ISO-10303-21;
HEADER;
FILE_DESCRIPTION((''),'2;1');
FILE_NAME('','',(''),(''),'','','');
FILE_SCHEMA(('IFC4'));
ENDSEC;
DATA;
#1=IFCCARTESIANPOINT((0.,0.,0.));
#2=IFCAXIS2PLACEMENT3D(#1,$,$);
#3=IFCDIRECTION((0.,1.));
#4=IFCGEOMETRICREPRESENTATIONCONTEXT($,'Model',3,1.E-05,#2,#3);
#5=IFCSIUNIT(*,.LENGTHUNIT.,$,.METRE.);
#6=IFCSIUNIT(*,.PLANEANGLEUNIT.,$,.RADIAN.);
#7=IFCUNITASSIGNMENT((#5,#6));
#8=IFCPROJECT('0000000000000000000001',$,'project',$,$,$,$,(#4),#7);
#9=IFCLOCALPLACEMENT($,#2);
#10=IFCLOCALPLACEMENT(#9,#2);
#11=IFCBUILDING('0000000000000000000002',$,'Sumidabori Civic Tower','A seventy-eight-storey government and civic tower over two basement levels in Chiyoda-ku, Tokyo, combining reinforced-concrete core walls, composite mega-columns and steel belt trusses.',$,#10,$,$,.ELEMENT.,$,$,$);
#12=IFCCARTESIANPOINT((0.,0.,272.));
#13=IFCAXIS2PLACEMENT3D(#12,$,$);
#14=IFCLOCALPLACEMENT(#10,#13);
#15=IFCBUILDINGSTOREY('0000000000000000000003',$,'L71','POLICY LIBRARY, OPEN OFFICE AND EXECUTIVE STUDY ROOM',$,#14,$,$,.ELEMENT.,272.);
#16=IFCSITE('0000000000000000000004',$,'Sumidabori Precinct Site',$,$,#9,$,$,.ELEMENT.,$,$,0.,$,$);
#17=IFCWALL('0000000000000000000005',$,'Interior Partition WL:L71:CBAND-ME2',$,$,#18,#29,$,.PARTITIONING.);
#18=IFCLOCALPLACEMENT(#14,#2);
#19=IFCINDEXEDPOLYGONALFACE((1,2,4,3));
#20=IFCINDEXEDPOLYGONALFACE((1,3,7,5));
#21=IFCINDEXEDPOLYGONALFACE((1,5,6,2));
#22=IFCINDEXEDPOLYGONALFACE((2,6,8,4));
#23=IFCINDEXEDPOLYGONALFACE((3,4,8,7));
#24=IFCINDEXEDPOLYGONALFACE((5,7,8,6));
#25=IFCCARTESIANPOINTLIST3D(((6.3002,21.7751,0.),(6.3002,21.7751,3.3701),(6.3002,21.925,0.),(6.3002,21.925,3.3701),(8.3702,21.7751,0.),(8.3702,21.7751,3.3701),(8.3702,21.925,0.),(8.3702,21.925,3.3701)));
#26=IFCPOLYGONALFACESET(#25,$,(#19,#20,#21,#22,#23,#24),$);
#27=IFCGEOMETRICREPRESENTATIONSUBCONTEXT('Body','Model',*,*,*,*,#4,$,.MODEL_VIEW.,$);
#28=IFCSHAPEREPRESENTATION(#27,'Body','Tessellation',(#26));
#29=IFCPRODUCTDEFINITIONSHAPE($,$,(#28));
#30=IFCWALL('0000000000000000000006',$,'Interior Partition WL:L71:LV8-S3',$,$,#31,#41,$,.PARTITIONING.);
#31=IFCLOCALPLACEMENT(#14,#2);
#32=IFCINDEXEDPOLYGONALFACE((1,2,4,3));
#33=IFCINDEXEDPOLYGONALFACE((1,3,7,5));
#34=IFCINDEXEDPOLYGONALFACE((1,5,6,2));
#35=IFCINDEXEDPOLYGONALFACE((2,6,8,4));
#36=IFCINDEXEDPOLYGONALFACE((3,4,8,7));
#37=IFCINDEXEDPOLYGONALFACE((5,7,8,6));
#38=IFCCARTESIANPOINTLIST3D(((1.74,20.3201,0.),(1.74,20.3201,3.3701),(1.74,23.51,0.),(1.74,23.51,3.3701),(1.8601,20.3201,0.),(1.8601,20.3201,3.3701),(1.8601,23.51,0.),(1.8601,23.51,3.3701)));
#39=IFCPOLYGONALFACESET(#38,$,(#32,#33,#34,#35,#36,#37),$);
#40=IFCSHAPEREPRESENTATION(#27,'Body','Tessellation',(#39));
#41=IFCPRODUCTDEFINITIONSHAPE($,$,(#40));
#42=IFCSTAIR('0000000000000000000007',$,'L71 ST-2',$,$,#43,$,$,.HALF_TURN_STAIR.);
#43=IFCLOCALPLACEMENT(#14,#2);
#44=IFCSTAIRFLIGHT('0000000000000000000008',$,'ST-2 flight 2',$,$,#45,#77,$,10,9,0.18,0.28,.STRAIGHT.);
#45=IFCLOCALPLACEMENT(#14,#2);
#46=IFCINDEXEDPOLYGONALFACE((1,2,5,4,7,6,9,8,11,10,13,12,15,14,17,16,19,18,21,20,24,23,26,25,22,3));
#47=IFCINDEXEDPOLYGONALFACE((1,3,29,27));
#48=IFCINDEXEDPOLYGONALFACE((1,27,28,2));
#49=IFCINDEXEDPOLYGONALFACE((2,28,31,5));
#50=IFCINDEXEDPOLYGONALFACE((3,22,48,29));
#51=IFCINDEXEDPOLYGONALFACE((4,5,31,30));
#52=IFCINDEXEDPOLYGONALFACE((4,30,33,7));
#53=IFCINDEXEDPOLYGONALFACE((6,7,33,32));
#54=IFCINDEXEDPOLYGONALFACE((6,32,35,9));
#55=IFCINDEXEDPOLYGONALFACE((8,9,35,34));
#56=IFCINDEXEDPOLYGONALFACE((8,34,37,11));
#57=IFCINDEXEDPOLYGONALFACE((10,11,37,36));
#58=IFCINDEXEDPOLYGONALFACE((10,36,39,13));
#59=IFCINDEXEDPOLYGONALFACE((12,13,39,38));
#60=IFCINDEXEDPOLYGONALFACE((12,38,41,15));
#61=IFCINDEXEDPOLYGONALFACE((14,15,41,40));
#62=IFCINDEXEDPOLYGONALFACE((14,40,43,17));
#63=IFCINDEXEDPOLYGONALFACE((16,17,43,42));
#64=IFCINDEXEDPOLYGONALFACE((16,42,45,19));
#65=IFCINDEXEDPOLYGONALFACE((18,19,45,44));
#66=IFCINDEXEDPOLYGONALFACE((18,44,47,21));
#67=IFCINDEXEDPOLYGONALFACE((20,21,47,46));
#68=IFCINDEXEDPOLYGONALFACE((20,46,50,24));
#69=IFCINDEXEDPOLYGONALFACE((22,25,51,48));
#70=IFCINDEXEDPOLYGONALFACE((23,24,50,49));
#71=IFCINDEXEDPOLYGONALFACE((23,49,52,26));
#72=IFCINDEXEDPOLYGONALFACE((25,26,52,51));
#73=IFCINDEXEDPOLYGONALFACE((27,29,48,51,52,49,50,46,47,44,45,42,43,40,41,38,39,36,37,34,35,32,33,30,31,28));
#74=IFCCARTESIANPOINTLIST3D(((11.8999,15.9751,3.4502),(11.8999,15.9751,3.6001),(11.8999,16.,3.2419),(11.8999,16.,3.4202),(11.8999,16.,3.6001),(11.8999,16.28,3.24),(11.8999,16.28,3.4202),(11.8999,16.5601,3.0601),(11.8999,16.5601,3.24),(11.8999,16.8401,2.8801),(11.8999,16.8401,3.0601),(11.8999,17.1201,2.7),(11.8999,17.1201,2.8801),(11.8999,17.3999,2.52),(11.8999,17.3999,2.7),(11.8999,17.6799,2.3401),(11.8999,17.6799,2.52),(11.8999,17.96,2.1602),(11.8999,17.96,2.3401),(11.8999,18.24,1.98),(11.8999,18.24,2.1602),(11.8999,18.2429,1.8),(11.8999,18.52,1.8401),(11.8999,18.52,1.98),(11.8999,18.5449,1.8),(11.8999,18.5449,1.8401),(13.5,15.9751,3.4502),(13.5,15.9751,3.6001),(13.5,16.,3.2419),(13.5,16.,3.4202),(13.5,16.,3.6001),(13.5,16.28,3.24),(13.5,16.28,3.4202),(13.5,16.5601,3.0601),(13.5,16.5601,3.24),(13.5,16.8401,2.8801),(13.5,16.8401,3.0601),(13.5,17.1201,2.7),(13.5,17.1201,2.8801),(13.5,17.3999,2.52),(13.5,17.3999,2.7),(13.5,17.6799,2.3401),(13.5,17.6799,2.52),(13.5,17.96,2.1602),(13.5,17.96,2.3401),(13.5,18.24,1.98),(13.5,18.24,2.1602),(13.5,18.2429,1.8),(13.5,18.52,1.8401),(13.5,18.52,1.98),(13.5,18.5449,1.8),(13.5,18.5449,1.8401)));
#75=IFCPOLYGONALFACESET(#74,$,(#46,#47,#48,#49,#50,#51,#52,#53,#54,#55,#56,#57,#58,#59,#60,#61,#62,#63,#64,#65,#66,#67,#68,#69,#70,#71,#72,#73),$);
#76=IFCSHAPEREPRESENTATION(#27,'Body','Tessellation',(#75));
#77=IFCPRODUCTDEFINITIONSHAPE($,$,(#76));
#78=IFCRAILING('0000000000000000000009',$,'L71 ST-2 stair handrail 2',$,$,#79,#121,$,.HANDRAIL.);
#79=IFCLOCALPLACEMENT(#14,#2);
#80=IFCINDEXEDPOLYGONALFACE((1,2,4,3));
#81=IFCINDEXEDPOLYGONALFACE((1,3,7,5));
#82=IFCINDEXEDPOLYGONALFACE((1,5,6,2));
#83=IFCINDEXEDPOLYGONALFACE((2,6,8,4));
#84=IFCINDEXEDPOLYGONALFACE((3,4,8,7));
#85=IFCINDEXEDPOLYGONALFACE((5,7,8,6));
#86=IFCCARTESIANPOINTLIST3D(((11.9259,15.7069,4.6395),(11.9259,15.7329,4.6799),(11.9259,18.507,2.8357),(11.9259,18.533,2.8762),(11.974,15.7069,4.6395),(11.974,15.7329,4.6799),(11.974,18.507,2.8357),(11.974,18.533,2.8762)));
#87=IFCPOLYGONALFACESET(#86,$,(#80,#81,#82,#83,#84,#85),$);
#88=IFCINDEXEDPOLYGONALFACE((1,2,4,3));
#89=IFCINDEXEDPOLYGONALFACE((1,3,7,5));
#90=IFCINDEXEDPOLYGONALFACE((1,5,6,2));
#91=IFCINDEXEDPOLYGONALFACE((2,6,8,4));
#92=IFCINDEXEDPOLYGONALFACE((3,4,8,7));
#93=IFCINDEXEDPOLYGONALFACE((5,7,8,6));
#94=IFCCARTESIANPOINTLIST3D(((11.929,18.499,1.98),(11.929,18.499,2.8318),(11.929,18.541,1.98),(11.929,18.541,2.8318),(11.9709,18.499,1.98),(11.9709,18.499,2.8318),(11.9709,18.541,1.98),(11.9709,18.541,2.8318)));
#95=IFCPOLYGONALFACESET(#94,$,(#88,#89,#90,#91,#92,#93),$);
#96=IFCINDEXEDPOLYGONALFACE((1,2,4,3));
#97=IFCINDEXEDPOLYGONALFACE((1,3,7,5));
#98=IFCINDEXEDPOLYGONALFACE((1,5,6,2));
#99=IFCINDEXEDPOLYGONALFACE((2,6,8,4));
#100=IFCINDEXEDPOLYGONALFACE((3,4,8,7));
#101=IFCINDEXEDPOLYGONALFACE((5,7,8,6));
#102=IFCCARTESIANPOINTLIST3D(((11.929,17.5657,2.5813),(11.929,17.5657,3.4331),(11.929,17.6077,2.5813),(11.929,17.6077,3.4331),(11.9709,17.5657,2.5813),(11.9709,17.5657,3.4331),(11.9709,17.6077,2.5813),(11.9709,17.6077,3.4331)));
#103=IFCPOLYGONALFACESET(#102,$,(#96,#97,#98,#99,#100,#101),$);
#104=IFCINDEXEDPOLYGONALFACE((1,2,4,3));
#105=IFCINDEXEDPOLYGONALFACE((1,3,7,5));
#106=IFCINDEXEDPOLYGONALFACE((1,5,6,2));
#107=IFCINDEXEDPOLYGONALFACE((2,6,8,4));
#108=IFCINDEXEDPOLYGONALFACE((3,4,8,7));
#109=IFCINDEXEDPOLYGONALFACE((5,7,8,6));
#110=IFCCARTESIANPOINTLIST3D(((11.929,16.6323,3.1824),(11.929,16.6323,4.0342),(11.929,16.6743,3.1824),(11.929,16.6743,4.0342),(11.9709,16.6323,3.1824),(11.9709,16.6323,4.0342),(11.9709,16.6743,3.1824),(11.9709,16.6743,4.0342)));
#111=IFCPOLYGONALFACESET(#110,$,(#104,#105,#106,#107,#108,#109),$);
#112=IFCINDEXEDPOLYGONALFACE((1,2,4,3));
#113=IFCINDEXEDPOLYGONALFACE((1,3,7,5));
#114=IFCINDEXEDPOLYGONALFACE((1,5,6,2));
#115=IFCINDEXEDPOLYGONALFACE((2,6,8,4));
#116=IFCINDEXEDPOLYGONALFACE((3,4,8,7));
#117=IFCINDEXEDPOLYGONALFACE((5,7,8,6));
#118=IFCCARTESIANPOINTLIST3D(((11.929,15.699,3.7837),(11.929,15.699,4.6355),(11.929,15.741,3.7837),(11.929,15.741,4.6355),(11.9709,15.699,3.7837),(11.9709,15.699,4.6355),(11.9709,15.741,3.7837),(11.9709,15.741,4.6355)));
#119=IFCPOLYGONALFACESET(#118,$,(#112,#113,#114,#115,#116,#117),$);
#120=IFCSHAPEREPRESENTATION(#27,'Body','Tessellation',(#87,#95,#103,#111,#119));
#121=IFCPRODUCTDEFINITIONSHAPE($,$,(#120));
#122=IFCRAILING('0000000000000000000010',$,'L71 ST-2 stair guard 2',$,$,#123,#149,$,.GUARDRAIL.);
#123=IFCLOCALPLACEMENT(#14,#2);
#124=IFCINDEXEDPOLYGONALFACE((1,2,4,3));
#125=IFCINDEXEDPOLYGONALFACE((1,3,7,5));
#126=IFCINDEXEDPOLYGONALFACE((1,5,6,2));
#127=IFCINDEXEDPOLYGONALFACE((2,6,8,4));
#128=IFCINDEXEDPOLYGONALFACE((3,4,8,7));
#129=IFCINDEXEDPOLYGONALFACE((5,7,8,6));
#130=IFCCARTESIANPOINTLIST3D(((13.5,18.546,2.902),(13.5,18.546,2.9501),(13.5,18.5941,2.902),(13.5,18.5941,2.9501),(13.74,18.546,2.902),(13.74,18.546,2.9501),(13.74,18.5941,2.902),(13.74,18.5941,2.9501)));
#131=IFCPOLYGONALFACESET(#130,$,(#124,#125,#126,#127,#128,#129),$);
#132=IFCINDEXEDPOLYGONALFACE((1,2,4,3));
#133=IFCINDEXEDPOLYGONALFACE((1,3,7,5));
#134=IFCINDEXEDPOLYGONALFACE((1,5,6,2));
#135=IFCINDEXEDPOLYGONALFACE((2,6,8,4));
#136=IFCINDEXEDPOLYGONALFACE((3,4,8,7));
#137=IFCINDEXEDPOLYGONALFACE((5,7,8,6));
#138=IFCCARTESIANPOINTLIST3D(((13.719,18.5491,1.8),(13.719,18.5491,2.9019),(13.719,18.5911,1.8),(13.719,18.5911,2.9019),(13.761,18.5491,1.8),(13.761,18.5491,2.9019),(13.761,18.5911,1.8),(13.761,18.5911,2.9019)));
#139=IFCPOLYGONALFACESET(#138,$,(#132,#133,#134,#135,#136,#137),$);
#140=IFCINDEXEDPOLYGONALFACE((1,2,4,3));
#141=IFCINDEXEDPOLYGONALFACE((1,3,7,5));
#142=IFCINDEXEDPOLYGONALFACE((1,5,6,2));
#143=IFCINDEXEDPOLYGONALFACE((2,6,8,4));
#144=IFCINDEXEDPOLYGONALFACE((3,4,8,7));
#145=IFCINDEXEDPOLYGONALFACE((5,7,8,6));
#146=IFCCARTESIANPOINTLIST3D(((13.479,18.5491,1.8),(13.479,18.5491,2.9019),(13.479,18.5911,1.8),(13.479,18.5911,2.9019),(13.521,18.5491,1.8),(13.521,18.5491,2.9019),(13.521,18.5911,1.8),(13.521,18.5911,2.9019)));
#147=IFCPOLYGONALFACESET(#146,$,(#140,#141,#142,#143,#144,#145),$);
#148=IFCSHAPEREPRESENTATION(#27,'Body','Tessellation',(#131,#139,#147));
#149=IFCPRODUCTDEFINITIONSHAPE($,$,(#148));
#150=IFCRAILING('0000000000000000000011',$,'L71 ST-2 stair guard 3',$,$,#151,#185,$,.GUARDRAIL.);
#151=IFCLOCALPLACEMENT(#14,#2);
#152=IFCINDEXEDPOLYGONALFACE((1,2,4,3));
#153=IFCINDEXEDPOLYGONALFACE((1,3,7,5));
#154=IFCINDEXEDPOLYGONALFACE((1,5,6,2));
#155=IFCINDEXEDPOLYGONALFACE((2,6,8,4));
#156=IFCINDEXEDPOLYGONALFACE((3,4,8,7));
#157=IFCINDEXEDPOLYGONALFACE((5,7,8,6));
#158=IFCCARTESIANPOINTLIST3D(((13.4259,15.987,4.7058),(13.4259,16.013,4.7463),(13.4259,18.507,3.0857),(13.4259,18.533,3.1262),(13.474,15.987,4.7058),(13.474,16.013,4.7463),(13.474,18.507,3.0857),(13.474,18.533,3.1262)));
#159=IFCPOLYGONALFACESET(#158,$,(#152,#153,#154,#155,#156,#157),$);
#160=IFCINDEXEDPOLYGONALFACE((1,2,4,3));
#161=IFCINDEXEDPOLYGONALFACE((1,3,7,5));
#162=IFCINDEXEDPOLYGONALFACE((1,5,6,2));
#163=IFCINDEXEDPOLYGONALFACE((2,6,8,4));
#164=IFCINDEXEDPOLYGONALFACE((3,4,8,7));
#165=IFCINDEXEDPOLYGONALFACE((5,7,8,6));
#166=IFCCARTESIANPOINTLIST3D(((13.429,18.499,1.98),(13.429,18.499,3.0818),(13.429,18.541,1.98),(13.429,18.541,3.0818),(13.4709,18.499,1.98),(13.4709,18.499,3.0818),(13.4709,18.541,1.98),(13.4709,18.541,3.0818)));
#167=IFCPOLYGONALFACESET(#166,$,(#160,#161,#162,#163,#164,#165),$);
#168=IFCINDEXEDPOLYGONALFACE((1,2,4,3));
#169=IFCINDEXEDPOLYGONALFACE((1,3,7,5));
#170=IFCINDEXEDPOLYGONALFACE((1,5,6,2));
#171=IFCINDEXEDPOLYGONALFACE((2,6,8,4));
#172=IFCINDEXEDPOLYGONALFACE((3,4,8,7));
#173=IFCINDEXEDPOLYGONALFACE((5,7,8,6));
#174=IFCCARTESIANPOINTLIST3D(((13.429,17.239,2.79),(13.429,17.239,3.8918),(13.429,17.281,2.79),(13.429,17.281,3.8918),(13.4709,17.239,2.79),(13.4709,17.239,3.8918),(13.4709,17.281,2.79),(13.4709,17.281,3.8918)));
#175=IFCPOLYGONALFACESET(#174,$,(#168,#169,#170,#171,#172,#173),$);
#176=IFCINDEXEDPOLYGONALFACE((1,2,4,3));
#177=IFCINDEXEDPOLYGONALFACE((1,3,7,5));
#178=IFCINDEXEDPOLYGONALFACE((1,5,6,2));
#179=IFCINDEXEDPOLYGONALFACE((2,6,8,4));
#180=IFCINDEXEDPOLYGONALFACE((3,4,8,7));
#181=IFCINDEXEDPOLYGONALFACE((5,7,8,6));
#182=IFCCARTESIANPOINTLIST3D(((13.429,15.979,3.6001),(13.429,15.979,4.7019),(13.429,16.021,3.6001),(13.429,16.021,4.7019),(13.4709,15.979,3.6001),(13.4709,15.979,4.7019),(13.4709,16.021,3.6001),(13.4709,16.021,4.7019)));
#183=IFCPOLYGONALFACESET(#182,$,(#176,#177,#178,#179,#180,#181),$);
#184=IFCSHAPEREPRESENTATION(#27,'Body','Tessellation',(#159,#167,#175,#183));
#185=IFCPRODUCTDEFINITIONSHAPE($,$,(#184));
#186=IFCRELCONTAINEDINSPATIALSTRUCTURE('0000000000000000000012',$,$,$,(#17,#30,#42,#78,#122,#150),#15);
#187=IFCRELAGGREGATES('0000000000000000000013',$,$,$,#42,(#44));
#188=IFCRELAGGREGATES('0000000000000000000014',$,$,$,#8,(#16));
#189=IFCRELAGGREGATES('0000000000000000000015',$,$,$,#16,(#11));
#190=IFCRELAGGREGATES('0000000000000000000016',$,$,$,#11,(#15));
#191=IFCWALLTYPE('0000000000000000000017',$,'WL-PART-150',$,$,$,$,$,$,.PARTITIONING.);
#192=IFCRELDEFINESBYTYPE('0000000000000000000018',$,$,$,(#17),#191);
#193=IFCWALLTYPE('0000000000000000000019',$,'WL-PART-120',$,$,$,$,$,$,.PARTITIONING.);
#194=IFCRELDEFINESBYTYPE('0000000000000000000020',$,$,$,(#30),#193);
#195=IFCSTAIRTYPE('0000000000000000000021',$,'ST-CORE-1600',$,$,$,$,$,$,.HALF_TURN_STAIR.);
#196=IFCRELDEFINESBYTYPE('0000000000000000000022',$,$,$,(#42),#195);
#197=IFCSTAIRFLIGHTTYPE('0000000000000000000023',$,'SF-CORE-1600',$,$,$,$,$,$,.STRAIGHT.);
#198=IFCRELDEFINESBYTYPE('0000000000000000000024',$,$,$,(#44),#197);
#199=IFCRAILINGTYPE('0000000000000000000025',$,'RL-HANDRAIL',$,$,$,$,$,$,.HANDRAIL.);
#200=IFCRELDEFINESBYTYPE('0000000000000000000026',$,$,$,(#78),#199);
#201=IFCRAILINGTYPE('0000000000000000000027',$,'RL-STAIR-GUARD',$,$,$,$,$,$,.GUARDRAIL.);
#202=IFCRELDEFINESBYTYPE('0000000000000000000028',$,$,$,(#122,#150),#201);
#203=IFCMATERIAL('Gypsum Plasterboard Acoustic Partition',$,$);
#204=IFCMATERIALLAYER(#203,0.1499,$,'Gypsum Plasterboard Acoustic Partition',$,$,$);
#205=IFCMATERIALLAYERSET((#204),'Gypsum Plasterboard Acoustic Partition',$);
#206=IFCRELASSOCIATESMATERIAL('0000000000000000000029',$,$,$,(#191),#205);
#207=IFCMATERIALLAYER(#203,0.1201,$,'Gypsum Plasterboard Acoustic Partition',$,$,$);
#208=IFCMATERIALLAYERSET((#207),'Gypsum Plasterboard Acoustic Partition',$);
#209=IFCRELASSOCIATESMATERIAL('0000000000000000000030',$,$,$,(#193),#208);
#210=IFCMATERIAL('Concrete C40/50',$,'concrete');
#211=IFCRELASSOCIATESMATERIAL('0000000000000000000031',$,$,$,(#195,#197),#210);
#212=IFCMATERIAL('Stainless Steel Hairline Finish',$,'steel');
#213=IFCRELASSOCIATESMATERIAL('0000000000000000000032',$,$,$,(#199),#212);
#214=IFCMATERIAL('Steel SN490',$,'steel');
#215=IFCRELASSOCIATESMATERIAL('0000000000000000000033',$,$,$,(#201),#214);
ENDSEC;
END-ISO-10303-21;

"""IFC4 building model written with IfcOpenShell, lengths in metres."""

from ifc_helpers import new_model, si_unit, direction, frame, frame_2d, origin, origin_2d, place, context, subcontext, project, spatial, polyline, rectangle, outline, extrude, source, transform, mapped, material, layer, layer_set, type_object, element, aggregate, save


model = new_model("IFC4")

# Units and contexts
model_context = context("Model", 3, precision=1e-05, world=origin(), true_north=direction((0.0, 1.0)))
body_context = subcontext(model_context, "Body", "Model", "MODEL_VIEW")
ifc_project = project(units=[si_unit("LENGTHUNIT", "METRE"), si_unit("PLANEANGLEUNIT", "RADIAN")], contexts=[model_context])

# Site, building, storey
site_placement = place(None, origin())
site = spatial("IfcSite", under=ifc_project, at=site_placement, Name="Sumidabori Precinct Site", CompositionType="ELEMENT", RefElevation=0.0)
building_placement = place(site_placement, origin())
building = spatial("IfcBuilding", under=site, at=building_placement, Name="Sumidabori Civic Tower", Description="A seventy-eight-storey government and civic tower over two basement levels in Chiyoda-ku, Tokyo, combining reinforced-concrete core walls, composite mega-columns and steel belt trusses.", CompositionType="ELEMENT")
storey_placement = place(building_placement, frame((0.0, 0.0, 272.0)))
storey = spatial("IfcBuildingStorey", under=building, at=storey_placement, Name="L71", Description="POLICY LIBRARY, OPEN OFFICE AND EXECUTIVE STUDY ROOM", CompositionType="ELEMENT", Elevation=272.0)

# Shared definitions
ifc_material_1 = material(Name="Steel SN490", Category="steel")

# Walls
ifc_material_2 = material(Name="Gypsum Plasterboard Acoustic Partition")
ifc_layer_1 = layer(ifc_material_2, 0.1499, Name="Gypsum Plasterboard Acoustic Partition")
ifc_layer_set_1 = layer_set([ifc_layer_1], Name="Gypsum Plasterboard Acoustic Partition")
wall_type_1 = type_object("IfcWallType", Name="WL-PART-150", PredefinedType="PARTITIONING", material=ifc_layer_set_1)
shared_shape_1 = source(origin(), body_context, "Body", "SweptSolid", [
    extrude(rectangle(XDim=2.0701, YDim=0.1499, at=frame_2d((1.0352, 0.0))), origin(), (0.0, 0.0, 1.0), 3.3701),
])
wall_1_placement = place(storey_placement, frame((6.3, 21.8501, 0.0), z_axis=(0.0, 0.0, 1.0), x_axis=(1.0, 0.0, 0.0)))
element("IfcWall", 1, at=wall_1_placement, inside=storey, type_object=wall_type_1, Name="Interior Partition WL:L71:CBAND-ME2", PredefinedType="PARTITIONING", context=body_context, shape_type="MappedRepresentation", body=[
    mapped(shared_shape_1, transform((0.0, 0.0, 0.0), x_axis=(1.0, 0.0, 0.0), y_axis=(0.0, 1.0, 0.0), z_axis=(0.0, 0.0, 1.0), scale=1.0)),
])
ifc_layer_2 = layer(ifc_material_2, 0.1201, Name="Gypsum Plasterboard Acoustic Partition")
ifc_layer_set_2 = layer_set([ifc_layer_2], Name="Gypsum Plasterboard Acoustic Partition")
wall_type_2 = type_object("IfcWallType", Name="WL-PART-120", PredefinedType="PARTITIONING", material=ifc_layer_set_2)
shared_shape_2 = source(origin(), body_context, "Body", "SweptSolid", [
    extrude(rectangle(XDim=3.1899, YDim=0.1201, at=frame_2d((1.595, 0.0))), origin(), (0.0, 0.0, 1.0), 3.3701),
])
wall_2_placement = place(storey_placement, frame((1.8, 20.3201, 0.0), z_axis=(0.0, 0.0, 1.0), x_axis=(0.0, 1.0, 0.0)))
element("IfcWall", 2, at=wall_2_placement, inside=storey, type_object=wall_type_2, Name="Interior Partition WL:L71:LV8-S3", PredefinedType="PARTITIONING", context=body_context, shape_type="MappedRepresentation", body=[
    mapped(shared_shape_2, transform((0.0, 0.0, 0.0), x_axis=(1.0, 0.0, 0.0), y_axis=(0.0, 1.0, 0.0), z_axis=(0.0, 0.0, 1.0), scale=1.0)),
])

# Stair, stair flight
ifc_material_3 = material(Name="Concrete C40/50", Category="concrete")
stair_type = type_object("IfcStairType", Name="ST-CORE-1600", PredefinedType="HALF_TURN_STAIR", material=ifc_material_3)
stair_placement = place(storey_placement, origin())
stair = element("IfcStair", 3, at=stair_placement, inside=storey, type_object=stair_type, Name="L71 ST-2", PredefinedType="HALF_TURN_STAIR")
stair_flight_type = type_object("IfcStairFlightType", Name="SF-CORE-1600", PredefinedType="STRAIGHT", material=ifc_material_3)
shared_shape_3 = source(origin(), body_context, "Body", "SweptSolid", [
    extrude(outline(polyline([(-0.0249, 0.0), (-0.0249, 0.04), (0.0, 0.04), (0.0, 0.1799), (0.28, 0.1799), (0.28, 0.3601), (0.5601, 0.3601), (0.5601, 0.54), (0.8401, 0.54), (0.8401, 0.72), (1.1201, 0.72), (1.1201, 0.8999), (1.3999, 0.8999), (1.3999, 1.0801), (1.6799, 1.0801), (1.6799, 1.26), (1.96, 1.26), (1.96, 1.4399), (2.24, 1.4399), (2.24, 1.6201), (2.52, 1.6201), (2.52, 1.8), (2.5449, 1.8), (2.5449, 1.6501), (2.52, 1.4419), (0.2771, 0.0), (-0.0249, 0.0)])), frame((0.0, 0.8, 0.0), z_axis=(0.0, -1.0, 0.0), x_axis=(1.0, 0.0, 0.0)), (0.0, 0.0, 1.0), 1.6001),
])
stair_flight_placement = place(storey_placement, frame((12.7, 18.52, 1.8), z_axis=(0.0, 0.0, 1.0), x_axis=(0.0, -1.0, 0.0)))
stair_flight = element("IfcStairFlight", 4, at=stair_flight_placement, type_object=stair_flight_type, Name="ST-2 flight 2", NumberOfRisers=10, NumberOfTreads=9, PredefinedType="STRAIGHT", RiserHeight=0.18, TreadLength=0.28, context=body_context, shape_type="MappedRepresentation", body=[
    mapped(shared_shape_3, transform((0.0, 0.0, 0.0), x_axis=(1.0, 0.0, 0.0), y_axis=(0.0, 1.0, 0.0), z_axis=(0.0, 0.0, 1.0), scale=1.0)),
])
aggregate(stair, [stair_flight])

# Railings
ifc_material_4 = material(Name="Stainless Steel Hairline Finish", Category="steel")
railing_type_1 = type_object("IfcRailingType", Name="RL-HANDRAIL", PredefinedType="HANDRAIL", material=ifc_material_4)
railing_1_placement = place(storey_placement, frame((11.95, 18.52, 1.98)))
element("IfcRailing", 5, at=railing_1_placement, inside=storey, type_object=railing_type_1, Name="L71 ST-2 stair handrail 2", PredefinedType="HANDRAIL", context=body_context, shape_type="SweptSolid", body=[
    extrude(rectangle(XDim=0.0481, YDim=0.0481, at=origin_2d()), frame((0.0, 0.0, 0.876), z_axis=(0.0, -0.840676, 0.541539), x_axis=(1.0, 0.0, 0.0)), (0.0, 0.0, 1.0), 3.3308),
    extrude(rectangle(XDim=0.042, YDim=0.042, at=origin_2d()), origin(), (0.0, 0.0, 1.0), 0.8518),
    extrude(rectangle(XDim=0.042, YDim=0.042, at=origin_2d()), frame((0.0, -0.9333, 0.6013)), (0.0, 0.0, 1.0), 0.8518),
    extrude(rectangle(XDim=0.042, YDim=0.042, at=origin_2d()), frame((0.0, -1.8667, 1.2024)), (0.0, 0.0, 1.0), 0.8518),
    extrude(rectangle(XDim=0.042, YDim=0.042, at=origin_2d()), frame((0.0, -2.8, 1.8037)), (0.0, 0.0, 1.0), 0.8518),
])
railing_type_2 = type_object("IfcRailingType", Name="RL-STAIR-GUARD", PredefinedType="GUARDRAIL", material=ifc_material_1)
railing_2_placement = place(storey_placement, frame((13.74, 18.5701, 1.8)))
element("IfcRailing", 6, at=railing_2_placement, inside=storey, type_object=railing_type_2, Name="L71 ST-2 stair guard 2", PredefinedType="GUARDRAIL", context=body_context, shape_type="SweptSolid", body=[
    extrude(rectangle(XDim=0.0481, YDim=0.0481, at=origin_2d()), frame((0.0, 0.0, 1.126), z_axis=(-1.0, 0.0, 0.0), x_axis=(0.0, -1.0, 0.0)), (0.0, 0.0, 1.0), 0.24),
    extrude(rectangle(XDim=0.042, YDim=0.042, at=origin_2d()), origin(), (0.0, 0.0, 1.0), 1.1018),
    extrude(rectangle(XDim=0.042, YDim=0.042, at=origin_2d()), frame((-0.24, 0.0, 0.0)), (0.0, 0.0, 1.0), 1.1018),
])
railing_3_placement = place(storey_placement, frame((13.45, 18.52, 1.98)))
element("IfcRailing", 7, at=railing_3_placement, inside=storey, type_object=railing_type_2, Name="L71 ST-2 stair guard 3", PredefinedType="GUARDRAIL", context=body_context, shape_type="SweptSolid", body=[
    extrude(rectangle(XDim=0.0481, YDim=0.0481, at=origin_2d()), frame((0.0, 0.0, 1.126), z_axis=(0.0, -0.841163, 0.540782), x_axis=(1.0, 0.0, 0.0)), (0.0, 0.0, 1.0), 2.9958),
    extrude(rectangle(XDim=0.042, YDim=0.042, at=origin_2d()), origin(), (0.0, 0.0, 1.0), 1.1018),
    extrude(rectangle(XDim=0.042, YDim=0.042, at=origin_2d()), frame((0.0, -1.26, 0.8101)), (0.0, 0.0, 1.0), 1.1018),
    extrude(rectangle(XDim=0.042, YDim=0.042, at=origin_2d()), frame((0.0, -2.52, 1.6201)), (0.0, 0.0, 1.0), 1.1018),
])

save(model, "model.ifc")
